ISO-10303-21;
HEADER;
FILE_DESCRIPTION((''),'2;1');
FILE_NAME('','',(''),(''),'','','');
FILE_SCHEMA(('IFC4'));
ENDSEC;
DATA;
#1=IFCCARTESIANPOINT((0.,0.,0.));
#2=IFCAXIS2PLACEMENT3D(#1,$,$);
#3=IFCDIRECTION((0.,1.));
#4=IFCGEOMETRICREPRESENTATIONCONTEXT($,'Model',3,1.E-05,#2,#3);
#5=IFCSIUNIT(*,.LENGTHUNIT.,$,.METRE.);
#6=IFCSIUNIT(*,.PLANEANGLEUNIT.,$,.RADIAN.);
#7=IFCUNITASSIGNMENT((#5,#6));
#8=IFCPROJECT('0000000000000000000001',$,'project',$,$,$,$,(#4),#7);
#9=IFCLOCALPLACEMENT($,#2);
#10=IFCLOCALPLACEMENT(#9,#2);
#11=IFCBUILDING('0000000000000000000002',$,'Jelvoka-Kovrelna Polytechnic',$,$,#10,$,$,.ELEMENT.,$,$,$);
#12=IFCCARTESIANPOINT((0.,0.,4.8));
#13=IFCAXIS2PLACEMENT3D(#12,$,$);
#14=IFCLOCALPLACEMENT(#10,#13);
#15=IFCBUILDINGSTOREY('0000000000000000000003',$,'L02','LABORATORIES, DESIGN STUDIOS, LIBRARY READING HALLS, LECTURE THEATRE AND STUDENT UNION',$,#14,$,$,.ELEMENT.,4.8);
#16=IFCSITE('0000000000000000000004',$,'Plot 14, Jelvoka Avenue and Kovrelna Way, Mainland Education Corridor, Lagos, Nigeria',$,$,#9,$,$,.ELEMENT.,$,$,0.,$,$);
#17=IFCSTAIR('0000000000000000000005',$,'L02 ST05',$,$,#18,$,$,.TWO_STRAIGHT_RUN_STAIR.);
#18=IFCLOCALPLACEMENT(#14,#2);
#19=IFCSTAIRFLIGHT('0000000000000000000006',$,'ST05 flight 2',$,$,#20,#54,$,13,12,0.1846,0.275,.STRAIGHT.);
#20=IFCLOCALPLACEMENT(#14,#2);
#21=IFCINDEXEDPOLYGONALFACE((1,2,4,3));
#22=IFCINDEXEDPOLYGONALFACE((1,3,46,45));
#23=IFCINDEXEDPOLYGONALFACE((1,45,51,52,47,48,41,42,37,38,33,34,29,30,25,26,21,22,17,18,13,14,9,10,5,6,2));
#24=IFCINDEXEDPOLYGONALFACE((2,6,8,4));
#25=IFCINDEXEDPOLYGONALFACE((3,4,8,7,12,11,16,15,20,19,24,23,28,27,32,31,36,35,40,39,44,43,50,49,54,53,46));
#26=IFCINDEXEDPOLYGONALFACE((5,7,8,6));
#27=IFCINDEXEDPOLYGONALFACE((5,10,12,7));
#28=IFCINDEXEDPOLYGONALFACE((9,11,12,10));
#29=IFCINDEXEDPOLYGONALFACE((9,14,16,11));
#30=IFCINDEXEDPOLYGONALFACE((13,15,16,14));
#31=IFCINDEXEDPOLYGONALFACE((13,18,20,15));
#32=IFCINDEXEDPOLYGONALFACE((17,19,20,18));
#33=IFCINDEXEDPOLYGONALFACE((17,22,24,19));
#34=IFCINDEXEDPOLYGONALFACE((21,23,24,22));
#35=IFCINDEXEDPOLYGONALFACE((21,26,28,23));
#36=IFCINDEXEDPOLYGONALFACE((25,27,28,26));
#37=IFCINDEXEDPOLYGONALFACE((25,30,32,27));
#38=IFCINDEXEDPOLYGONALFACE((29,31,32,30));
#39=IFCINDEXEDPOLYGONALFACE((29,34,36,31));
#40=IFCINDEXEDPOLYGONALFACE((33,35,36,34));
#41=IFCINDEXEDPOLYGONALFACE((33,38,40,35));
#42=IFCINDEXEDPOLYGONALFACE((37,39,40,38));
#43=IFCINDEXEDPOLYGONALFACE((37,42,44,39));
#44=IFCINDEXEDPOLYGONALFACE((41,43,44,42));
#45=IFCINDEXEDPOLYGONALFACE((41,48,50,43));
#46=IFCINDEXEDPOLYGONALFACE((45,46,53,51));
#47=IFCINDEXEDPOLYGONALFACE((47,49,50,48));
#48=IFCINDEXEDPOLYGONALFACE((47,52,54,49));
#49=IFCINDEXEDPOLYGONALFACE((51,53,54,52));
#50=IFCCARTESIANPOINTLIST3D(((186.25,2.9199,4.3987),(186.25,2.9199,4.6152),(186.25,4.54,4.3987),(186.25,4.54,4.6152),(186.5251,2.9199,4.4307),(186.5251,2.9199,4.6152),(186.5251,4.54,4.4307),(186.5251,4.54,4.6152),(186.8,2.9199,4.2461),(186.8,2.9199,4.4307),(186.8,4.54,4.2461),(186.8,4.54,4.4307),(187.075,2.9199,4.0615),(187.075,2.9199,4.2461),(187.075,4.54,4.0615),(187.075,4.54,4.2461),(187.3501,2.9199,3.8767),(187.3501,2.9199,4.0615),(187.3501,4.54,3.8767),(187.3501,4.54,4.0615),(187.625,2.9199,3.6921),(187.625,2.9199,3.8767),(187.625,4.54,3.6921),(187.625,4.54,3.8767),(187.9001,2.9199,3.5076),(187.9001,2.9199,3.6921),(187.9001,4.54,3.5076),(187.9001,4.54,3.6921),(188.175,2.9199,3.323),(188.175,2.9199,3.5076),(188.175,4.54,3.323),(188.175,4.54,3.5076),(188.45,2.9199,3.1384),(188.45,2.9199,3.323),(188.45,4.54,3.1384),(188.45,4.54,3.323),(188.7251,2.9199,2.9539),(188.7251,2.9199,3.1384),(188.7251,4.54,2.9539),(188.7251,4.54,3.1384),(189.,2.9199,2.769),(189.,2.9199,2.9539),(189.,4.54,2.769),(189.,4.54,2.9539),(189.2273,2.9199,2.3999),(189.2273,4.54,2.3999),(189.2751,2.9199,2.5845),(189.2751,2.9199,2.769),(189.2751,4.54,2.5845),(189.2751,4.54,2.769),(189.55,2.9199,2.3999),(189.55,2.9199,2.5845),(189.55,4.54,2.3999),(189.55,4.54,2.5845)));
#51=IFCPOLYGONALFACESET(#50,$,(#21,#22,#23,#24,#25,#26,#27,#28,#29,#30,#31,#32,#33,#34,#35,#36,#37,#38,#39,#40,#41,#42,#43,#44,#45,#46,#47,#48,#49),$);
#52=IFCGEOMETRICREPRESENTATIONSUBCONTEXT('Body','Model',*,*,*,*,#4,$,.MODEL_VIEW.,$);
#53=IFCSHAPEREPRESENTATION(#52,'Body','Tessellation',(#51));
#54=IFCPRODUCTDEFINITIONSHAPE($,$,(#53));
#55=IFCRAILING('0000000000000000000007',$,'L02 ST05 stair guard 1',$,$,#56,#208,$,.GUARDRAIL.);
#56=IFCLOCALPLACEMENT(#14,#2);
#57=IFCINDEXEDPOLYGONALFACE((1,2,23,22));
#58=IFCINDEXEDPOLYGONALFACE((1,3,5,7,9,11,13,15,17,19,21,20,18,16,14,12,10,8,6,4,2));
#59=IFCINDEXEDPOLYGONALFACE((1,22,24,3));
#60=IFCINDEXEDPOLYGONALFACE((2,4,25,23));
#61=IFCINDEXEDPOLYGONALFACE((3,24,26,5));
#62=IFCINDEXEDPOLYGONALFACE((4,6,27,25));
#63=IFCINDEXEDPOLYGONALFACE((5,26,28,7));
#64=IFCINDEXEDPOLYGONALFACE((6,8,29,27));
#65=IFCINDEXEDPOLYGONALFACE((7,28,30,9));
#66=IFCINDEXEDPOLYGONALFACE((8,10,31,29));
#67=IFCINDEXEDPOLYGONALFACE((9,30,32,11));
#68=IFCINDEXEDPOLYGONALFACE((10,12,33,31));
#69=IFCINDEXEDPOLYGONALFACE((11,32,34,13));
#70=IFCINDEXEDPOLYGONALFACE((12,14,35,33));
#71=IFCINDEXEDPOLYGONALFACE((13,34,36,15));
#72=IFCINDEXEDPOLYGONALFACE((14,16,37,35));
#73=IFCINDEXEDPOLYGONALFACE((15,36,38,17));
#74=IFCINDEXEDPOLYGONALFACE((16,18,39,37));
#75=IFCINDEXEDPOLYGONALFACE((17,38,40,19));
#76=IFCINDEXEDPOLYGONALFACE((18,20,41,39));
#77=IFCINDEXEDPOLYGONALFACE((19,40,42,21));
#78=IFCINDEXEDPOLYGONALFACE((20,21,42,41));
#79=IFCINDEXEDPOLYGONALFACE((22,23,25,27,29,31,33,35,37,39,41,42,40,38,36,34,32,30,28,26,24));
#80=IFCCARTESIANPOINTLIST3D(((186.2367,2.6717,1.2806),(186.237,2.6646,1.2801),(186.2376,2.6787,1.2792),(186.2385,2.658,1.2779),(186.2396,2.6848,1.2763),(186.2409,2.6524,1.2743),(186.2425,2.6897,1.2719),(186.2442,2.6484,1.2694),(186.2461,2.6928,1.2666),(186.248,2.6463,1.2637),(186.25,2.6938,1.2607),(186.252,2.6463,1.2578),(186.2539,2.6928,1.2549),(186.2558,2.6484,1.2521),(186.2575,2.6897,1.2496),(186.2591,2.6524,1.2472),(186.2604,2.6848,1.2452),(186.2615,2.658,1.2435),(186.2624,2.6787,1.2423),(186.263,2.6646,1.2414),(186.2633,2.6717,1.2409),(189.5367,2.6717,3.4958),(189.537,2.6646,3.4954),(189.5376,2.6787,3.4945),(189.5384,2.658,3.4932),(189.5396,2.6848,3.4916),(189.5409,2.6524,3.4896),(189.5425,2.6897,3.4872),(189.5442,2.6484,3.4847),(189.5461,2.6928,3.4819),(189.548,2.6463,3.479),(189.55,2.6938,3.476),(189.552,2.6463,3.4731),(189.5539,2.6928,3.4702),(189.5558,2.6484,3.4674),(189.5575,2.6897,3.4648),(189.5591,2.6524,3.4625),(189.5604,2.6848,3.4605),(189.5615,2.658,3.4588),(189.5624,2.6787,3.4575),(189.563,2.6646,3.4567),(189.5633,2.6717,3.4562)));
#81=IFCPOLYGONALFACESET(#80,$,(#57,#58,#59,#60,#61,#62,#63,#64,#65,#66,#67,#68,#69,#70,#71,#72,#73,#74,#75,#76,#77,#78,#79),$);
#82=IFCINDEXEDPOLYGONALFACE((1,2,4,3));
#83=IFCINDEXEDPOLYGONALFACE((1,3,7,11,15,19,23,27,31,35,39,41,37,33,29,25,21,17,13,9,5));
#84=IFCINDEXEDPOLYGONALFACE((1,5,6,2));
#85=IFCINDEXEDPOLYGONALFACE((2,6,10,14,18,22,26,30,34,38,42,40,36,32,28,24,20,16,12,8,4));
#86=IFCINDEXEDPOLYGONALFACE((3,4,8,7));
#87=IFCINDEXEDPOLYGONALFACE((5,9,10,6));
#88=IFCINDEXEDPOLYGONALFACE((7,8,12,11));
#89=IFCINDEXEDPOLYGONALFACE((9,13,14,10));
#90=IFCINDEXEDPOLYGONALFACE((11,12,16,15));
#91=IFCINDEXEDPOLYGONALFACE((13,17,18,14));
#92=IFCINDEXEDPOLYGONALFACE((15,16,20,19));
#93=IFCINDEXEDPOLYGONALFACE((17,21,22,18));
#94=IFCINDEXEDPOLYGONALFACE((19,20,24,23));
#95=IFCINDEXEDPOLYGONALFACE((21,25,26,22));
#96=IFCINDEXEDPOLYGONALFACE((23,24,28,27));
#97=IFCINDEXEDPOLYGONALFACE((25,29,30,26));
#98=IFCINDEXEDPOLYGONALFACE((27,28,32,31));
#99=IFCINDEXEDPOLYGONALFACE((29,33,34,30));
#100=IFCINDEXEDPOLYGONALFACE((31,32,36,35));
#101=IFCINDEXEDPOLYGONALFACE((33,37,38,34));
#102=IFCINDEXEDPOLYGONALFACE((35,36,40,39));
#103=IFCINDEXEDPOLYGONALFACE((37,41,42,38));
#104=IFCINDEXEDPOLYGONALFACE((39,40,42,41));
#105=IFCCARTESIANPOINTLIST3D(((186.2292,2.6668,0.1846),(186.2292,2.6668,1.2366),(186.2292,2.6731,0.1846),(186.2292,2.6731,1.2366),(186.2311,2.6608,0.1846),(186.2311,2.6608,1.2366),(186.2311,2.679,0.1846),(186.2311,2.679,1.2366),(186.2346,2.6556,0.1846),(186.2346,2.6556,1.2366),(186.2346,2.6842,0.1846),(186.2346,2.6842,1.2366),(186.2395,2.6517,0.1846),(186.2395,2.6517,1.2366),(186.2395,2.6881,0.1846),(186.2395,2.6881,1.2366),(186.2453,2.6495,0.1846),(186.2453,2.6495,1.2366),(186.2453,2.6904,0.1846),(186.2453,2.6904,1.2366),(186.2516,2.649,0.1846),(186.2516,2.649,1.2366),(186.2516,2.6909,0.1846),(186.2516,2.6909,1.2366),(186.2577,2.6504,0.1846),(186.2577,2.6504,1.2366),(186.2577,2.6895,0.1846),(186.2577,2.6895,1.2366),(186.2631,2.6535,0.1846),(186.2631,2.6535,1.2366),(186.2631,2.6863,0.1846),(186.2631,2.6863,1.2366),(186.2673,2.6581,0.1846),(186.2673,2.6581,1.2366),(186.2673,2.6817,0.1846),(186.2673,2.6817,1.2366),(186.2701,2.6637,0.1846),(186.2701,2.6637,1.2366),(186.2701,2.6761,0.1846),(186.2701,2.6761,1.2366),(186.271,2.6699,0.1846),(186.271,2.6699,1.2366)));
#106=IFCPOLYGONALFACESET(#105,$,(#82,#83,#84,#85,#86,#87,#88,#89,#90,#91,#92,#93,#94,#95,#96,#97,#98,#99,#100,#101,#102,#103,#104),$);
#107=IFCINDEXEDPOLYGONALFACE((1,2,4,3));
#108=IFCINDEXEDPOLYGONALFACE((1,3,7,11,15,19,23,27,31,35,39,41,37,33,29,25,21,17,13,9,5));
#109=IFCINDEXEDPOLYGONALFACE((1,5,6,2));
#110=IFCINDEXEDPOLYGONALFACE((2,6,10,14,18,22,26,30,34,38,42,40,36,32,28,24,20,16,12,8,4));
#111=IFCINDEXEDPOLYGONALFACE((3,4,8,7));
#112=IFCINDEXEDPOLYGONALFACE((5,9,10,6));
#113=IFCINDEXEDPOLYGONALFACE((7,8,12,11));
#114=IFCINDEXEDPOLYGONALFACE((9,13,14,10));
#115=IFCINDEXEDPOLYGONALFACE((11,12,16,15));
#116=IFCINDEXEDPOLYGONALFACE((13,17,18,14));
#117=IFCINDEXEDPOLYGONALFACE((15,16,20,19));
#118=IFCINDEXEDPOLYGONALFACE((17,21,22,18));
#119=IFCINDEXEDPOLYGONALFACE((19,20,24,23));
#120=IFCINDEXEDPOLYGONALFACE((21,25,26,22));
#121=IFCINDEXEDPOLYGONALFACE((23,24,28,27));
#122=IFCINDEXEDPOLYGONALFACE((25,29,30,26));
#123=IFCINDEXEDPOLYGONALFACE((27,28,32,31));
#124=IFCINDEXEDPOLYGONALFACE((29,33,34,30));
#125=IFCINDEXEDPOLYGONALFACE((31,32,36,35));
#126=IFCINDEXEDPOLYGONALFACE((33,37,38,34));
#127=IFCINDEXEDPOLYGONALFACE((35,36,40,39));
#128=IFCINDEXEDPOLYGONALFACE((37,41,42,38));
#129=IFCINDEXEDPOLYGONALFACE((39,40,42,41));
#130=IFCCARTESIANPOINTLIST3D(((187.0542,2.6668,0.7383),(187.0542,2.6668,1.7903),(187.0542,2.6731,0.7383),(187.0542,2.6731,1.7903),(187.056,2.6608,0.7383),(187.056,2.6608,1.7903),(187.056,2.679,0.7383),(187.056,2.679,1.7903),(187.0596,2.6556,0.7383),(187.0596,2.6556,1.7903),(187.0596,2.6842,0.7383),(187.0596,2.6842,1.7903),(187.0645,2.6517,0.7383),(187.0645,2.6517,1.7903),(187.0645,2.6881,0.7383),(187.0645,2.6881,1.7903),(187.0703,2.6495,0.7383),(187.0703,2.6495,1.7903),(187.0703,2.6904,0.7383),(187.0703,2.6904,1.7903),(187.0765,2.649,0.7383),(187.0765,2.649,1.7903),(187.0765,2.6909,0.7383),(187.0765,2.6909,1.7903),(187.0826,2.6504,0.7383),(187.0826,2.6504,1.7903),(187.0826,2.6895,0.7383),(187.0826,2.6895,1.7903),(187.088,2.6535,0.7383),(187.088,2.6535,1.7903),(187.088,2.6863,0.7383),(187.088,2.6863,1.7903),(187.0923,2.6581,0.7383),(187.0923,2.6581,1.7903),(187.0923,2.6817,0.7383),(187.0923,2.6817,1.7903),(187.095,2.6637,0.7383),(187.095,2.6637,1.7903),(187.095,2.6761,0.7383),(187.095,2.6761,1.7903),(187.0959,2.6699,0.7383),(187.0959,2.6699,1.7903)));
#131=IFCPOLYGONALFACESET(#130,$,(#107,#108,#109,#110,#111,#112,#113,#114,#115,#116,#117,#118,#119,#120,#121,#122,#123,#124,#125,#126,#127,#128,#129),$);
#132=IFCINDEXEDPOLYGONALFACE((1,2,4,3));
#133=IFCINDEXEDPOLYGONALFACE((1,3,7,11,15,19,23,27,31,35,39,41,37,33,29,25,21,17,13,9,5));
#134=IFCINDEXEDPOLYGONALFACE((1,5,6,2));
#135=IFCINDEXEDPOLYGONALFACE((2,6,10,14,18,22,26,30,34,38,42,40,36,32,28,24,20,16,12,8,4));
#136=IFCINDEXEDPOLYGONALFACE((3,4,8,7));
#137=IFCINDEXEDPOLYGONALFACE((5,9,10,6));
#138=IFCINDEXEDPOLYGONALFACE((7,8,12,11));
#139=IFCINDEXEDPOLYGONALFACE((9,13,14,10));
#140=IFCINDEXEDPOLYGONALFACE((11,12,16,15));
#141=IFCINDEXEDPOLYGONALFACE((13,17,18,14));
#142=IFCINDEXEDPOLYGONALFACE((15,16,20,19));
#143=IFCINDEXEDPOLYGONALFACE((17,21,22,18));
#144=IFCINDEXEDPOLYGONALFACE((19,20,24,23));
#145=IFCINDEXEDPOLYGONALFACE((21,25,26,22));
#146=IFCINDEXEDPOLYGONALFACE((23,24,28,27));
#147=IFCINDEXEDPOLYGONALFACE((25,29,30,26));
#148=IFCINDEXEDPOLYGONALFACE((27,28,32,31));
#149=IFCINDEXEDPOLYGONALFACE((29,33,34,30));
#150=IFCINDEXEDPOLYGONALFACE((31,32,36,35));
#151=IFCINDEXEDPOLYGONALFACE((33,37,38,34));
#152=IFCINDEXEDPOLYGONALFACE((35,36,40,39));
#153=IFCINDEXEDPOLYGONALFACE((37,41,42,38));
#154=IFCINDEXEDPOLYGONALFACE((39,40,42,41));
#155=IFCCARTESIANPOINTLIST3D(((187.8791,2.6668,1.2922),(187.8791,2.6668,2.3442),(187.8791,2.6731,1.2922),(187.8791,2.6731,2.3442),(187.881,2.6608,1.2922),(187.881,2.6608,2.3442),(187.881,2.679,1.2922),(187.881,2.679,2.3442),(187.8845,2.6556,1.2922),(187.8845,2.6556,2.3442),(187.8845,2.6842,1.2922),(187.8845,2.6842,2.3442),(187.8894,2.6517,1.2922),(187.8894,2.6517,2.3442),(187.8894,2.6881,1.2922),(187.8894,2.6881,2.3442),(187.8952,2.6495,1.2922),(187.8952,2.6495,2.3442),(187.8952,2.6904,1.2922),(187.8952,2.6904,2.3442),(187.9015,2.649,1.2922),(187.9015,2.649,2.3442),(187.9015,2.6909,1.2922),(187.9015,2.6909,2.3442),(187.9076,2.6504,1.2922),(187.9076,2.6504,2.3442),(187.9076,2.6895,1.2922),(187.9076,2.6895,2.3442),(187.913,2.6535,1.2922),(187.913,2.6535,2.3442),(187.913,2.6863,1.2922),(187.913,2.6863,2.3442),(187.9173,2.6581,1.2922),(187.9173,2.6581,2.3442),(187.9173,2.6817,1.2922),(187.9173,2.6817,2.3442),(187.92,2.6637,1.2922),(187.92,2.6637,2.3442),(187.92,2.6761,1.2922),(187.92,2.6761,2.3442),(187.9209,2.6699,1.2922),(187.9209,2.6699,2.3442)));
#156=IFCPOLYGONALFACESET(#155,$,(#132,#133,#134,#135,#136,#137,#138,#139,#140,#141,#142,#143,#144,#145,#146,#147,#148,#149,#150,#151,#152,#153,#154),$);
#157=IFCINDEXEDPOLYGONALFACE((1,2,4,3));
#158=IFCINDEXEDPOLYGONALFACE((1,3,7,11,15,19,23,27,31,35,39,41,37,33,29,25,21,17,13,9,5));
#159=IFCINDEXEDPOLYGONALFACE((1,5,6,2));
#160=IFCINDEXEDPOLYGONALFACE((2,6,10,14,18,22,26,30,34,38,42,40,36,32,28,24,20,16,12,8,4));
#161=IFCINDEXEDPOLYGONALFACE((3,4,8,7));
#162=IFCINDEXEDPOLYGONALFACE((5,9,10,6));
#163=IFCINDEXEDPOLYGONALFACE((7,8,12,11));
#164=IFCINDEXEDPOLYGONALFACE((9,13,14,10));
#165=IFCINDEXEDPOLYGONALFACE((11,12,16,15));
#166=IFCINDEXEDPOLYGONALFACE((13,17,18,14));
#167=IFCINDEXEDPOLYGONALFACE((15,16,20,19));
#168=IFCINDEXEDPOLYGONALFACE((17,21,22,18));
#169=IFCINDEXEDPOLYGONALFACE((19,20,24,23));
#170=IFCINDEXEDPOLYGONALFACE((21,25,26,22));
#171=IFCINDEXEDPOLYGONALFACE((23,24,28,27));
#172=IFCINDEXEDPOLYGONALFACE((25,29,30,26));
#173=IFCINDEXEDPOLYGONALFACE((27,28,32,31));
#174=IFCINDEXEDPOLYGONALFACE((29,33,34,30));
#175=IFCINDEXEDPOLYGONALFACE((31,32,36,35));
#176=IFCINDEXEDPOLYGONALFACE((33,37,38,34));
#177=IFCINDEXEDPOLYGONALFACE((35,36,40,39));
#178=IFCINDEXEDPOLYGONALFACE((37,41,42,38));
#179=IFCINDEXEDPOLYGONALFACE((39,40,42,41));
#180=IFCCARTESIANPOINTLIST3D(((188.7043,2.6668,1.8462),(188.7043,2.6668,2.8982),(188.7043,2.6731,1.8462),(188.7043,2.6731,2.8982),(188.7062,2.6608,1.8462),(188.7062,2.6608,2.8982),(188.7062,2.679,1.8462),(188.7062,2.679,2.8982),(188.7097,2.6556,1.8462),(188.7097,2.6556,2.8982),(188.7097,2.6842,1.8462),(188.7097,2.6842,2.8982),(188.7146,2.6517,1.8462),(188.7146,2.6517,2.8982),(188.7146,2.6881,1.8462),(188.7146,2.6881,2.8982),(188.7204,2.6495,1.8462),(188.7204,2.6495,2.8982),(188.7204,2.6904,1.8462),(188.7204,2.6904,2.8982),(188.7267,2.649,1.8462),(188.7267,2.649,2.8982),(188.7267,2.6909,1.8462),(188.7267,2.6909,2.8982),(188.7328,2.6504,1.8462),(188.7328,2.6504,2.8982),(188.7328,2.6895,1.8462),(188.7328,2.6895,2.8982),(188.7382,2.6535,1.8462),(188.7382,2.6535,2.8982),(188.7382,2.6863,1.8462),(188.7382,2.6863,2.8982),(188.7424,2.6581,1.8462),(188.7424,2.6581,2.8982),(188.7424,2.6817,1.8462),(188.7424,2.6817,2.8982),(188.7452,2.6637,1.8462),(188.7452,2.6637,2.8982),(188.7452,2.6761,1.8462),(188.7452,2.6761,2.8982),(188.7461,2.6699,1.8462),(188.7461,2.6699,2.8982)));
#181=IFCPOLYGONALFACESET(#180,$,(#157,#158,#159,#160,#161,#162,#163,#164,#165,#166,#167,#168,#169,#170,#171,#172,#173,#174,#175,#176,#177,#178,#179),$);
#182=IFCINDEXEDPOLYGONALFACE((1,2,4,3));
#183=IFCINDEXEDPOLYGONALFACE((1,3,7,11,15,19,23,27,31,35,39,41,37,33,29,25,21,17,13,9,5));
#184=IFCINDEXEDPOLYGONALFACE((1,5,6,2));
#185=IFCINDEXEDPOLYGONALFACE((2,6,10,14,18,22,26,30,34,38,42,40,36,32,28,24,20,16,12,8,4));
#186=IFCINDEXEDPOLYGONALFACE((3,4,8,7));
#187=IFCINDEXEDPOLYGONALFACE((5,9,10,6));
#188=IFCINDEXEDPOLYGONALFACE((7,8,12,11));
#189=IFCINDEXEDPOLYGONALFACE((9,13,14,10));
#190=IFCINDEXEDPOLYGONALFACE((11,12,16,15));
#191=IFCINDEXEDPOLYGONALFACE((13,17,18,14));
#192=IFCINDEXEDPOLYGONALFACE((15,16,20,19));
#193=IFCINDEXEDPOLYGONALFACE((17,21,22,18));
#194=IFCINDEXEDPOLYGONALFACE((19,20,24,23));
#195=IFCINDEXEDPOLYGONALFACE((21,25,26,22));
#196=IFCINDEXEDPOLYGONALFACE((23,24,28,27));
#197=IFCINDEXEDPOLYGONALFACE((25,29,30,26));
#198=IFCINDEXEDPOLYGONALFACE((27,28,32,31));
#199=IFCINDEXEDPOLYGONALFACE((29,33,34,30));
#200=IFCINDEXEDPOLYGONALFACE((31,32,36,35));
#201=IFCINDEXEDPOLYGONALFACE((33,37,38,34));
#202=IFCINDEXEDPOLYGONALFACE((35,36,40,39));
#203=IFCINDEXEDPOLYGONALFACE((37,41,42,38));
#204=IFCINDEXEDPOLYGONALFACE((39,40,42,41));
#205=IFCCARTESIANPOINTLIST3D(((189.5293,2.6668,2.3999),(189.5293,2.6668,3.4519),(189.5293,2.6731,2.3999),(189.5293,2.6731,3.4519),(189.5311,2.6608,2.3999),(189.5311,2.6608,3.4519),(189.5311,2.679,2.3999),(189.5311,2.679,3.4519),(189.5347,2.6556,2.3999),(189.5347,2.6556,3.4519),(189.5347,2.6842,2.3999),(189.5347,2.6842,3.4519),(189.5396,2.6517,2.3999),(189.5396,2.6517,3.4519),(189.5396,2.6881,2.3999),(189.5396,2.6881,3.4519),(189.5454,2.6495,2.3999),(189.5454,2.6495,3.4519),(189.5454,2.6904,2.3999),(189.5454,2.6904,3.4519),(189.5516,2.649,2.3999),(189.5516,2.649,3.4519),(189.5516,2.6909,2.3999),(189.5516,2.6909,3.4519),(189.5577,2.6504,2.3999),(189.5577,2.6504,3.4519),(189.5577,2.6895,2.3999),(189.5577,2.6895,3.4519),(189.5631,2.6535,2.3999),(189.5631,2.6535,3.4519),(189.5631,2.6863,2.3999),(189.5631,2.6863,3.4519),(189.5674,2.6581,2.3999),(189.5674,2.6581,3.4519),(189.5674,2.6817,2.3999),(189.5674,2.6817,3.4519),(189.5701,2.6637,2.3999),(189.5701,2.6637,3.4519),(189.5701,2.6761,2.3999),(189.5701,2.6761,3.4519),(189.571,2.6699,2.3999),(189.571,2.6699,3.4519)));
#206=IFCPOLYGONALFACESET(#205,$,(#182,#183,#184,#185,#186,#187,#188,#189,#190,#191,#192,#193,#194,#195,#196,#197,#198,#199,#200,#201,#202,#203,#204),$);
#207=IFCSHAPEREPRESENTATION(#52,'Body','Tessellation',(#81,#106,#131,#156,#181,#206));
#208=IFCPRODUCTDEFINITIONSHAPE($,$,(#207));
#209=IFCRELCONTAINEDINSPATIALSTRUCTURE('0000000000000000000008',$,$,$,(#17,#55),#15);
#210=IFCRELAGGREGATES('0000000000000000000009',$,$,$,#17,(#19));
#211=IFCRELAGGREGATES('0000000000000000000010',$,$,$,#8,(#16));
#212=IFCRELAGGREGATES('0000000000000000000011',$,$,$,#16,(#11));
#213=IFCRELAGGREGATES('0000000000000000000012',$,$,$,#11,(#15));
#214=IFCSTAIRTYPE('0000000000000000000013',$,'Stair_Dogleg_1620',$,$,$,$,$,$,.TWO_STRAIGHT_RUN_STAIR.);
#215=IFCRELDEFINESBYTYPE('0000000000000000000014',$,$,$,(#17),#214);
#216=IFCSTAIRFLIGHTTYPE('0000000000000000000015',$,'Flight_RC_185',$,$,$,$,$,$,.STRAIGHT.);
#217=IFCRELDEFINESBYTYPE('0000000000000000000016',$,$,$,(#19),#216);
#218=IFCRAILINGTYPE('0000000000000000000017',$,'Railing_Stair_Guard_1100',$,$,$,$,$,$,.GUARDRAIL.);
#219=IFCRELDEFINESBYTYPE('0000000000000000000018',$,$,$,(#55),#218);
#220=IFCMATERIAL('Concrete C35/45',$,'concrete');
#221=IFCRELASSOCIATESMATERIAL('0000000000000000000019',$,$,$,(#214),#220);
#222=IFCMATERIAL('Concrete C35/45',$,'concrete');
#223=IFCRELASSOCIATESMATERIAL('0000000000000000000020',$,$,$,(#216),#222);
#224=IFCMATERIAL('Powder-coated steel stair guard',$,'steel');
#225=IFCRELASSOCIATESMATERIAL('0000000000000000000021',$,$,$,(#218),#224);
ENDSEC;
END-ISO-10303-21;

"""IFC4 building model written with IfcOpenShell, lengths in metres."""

from ifc_helpers import new_model, si_unit, direction, frame, origin, origin_2d, place, context, subcontext, project, spatial, polyline, circle, outline, extrude, material, type_object, element, aggregate, save


model = new_model("IFC4")

# Units and contexts
model_context = context("Model", 3, precision=1e-05, world=origin(), true_north=direction((0.0, 1.0)))
body_context = subcontext(model_context, "Body", "Model", "MODEL_VIEW")
ifc_project = project(units=[si_unit("LENGTHUNIT", "METRE"), si_unit("PLANEANGLEUNIT", "RADIAN")], contexts=[model_context])

# Site, building, storey
site_placement = place(None, origin())
site = spatial("IfcSite", under=ifc_project, at=site_placement, Name="Plot 14, Jelvoka Avenue and Kovrelna Way, Mainland Education Corridor, Lagos, Nigeria", CompositionType="ELEMENT", RefElevation=0.0)
building_placement = place(site_placement, origin())
building = spatial("IfcBuilding", under=site, at=building_placement, Name="Jelvoka-Kovrelna Polytechnic", CompositionType="ELEMENT")
storey_placement = place(building_placement, frame((0.0, 0.0, 4.8)))
storey = spatial("IfcBuildingStorey", under=building, at=storey_placement, Name="L02", Description="LABORATORIES, DESIGN STUDIOS, LIBRARY READING HALLS, LECTURE THEATRE AND STUDENT UNION", CompositionType="ELEMENT", Elevation=4.8)

# Stair, stair flight
ifc_material_1 = material(Name="Concrete C35/45", Category="concrete")
stair_type = type_object("IfcStairType", Name="Stair_Dogleg_1620", PredefinedType="TWO_STRAIGHT_RUN_STAIR", material=ifc_material_1)
stair_placement = place(storey_placement, origin())
stair = element("IfcStair", 1, at=stair_placement, inside=storey, type_object=stair_type, Name="L02 ST05", PredefinedType="TWO_STRAIGHT_RUN_STAIR")
ifc_material_2 = material(Name="Concrete C35/45", Category="concrete")
stair_flight_type = type_object("IfcStairFlightType", Name="Flight_RC_185", PredefinedType="STRAIGHT", material=ifc_material_2)
stair_flight_1_placement = place(storey_placement, frame((189.55, 3.73, 2.3999), z_axis=(0.0, 0.0, 1.0), x_axis=(-1.0, 0.0, 0.0)))
stair_flight_1 = element("IfcStairFlight", 2, at=stair_flight_1_placement, type_object=stair_flight_type, Name="ST05 flight 2", NumberOfRisers=13, NumberOfTreads=12, PredefinedType="STRAIGHT", RiserHeight=0.1846, TreadLength=0.275, context=body_context, shape_type="SweptSolid", body=[
    extrude(outline(polyline([(0.0, 0.0), (0.0, 0.1846), (0.2749, 0.1846), (0.2749, 0.3691), (0.55, 0.3691), (0.55, 0.554), (0.825, 0.554), (0.825, 0.7385), (1.1001, 0.7385), (1.1001, 0.9231), (1.375, 0.9231), (1.375, 1.1077), (1.6499, 1.1077), (1.6499, 1.2922), (1.925, 1.2922), (1.925, 1.4768), (2.2, 1.4768), (2.2, 1.6616), (2.4751, 1.6616), (2.4751, 1.8462), (2.75, 1.8462), (2.75, 2.0308), (3.0249, 2.0308), (3.0249, 2.2153), (3.3, 2.2153), (3.3, 2.3999), (3.3, 1.9988), (0.3228, 0.0), (0.0, 0.0)])), frame((0.0, 0.8101, 0.0), z_axis=(0.0, -1.0, 0.0), x_axis=(1.0, 0.0, 0.0)), (0.0, 0.0, 1.0), 1.6201),
])
aggregate(stair, [stair_flight_1])

# Railing
ifc_material_3 = material(Name="Powder-coated steel stair guard", Category="steel")
railing_type_1 = type_object("IfcRailingType", Name="Railing_Stair_Guard_1100", PredefinedType="GUARDRAIL", material=ifc_material_3)
railing_1_placement = place(storey_placement, frame((186.25, 2.6699, 0.1846)))
element("IfcRailing", 3, at=railing_1_placement, inside=storey, type_object=railing_type_1, Name="L02 ST05 stair guard 1", PredefinedType="GUARDRAIL", context=body_context, shape_type="SweptSolid", body=[
    extrude(circle(Radius=0.0239, at=origin_2d()), frame((0.0, 0.0, 1.0762), z_axis=(0.830269, 0.0, 0.557362), x_axis=(0.0, 1.0, 0.0)), (0.0, 0.0, 1.0), 3.9746),
    extrude(circle(Radius=0.021, at=origin_2d()), origin(), (0.0, 0.0, 1.0), 1.052),
    extrude(circle(Radius=0.021, at=origin_2d()), frame((0.825, 0.0, 0.5537)), (0.0, 0.0, 1.0), 1.052),
    extrude(circle(Radius=0.021, at=origin_2d()), frame((1.6499, 0.0, 1.1077)), (0.0, 0.0, 1.0), 1.052),
    extrude(circle(Radius=0.021, at=origin_2d()), frame((2.4751, 0.0, 1.6616)), (0.0, 0.0, 1.0), 1.052),
    extrude(circle(Radius=0.021, at=origin_2d()), frame((3.3, 0.0, 2.2153)), (0.0, 0.0, 1.0), 1.052),
])

save(model, "model.ifc")
